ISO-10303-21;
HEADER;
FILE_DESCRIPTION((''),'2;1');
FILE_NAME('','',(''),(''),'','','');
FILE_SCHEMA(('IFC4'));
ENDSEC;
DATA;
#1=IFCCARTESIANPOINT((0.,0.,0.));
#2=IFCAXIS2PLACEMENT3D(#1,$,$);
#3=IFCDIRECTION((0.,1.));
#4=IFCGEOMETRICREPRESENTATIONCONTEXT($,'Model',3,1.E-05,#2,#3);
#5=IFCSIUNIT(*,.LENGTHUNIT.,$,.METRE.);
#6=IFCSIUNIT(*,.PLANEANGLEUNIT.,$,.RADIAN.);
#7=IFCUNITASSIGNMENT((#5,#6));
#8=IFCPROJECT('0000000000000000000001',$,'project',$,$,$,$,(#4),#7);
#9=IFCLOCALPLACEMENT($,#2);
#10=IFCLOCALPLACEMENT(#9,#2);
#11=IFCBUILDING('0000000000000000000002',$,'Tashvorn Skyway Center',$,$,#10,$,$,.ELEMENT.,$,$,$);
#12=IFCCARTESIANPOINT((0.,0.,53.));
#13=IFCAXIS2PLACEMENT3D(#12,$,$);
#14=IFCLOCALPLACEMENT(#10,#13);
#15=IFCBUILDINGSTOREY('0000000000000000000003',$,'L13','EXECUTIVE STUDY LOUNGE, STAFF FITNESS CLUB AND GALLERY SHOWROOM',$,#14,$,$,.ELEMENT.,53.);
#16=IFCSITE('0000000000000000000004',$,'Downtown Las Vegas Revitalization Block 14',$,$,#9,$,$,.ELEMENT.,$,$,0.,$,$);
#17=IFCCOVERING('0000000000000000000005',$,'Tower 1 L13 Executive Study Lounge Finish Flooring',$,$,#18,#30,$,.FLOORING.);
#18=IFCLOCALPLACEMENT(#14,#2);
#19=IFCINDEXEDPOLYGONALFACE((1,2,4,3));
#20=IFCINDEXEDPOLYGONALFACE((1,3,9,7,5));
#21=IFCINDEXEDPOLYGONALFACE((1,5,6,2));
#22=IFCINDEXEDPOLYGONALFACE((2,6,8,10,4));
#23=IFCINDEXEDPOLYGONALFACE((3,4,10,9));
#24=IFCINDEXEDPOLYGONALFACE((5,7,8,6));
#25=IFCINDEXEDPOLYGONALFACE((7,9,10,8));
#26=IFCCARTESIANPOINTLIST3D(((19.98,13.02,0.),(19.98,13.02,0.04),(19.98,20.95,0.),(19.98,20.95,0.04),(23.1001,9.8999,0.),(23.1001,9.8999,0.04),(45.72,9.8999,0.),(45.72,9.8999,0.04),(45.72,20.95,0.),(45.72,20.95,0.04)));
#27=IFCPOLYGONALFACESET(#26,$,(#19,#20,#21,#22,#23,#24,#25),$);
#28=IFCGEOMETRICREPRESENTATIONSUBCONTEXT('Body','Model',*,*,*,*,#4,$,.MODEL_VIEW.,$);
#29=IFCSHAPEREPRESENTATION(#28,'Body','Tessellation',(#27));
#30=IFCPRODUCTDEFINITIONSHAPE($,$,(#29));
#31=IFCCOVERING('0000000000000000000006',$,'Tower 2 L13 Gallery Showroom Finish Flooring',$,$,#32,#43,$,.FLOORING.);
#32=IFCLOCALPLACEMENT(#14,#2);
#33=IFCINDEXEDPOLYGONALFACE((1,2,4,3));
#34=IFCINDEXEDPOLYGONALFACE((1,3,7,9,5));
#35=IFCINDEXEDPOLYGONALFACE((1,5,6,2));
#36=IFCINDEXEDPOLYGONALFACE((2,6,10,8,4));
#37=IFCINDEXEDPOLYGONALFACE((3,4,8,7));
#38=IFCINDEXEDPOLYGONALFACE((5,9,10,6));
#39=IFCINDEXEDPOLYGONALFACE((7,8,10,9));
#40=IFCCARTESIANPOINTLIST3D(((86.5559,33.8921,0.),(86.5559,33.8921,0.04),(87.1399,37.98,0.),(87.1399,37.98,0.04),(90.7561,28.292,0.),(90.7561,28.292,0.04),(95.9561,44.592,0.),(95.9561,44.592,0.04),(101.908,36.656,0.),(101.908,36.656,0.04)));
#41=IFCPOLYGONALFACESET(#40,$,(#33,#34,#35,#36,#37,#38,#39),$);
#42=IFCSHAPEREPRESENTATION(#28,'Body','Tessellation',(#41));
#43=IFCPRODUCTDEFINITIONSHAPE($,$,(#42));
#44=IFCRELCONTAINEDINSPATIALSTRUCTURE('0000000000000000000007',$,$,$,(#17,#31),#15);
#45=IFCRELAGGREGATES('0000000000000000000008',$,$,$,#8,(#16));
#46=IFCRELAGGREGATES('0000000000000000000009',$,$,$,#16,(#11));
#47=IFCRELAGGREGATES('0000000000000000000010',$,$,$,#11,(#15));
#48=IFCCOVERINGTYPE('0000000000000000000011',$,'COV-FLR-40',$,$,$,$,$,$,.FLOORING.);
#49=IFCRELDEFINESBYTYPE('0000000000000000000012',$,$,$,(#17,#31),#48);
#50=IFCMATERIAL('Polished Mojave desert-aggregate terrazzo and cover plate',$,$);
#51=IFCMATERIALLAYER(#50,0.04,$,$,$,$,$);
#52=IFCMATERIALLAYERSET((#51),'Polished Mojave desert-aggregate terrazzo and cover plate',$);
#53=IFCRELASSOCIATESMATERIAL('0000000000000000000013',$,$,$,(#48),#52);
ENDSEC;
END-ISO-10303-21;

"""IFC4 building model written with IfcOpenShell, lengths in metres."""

from ifc_helpers import new_model, si_unit, direction, frame, origin, place, context, subcontext, project, spatial, polyline, outline, extrude, material, layer, layer_set, type_object, element, save


model = new_model("IFC4")

# Units and contexts
model_context = context("Model", 3, precision=1e-05, world=origin(), true_north=direction((0.0, 1.0)))
body_context = subcontext(model_context, "Body", "Model", "MODEL_VIEW")
ifc_project = project(units=[si_unit("LENGTHUNIT", "METRE"), si_unit("PLANEANGLEUNIT", "RADIAN")], contexts=[model_context])

# Site, building, storey
site_placement = place(None, origin())
site = spatial("IfcSite", under=ifc_project, at=site_placement, Name="Downtown Las Vegas Revitalization Block 14", CompositionType="ELEMENT", RefElevation=0.0)
building_placement = place(site_placement, origin())
building = spatial("IfcBuilding", under=site, at=building_placement, Name="Tashvorn Skyway Center", CompositionType="ELEMENT")
storey_placement = place(building_placement, frame((0.0, 0.0, 53.0)))
storey = spatial("IfcBuildingStorey", under=building, at=storey_placement, Name="L13", Description="EXECUTIVE STUDY LOUNGE, STAFF FITNESS CLUB AND GALLERY SHOWROOM", CompositionType="ELEMENT", Elevation=53.0)

# Coverings
ifc_material_1 = material(Name="Polished Mojave desert-aggregate terrazzo and cover plate")
ifc_layer_1 = layer(ifc_material_1, 0.04)
ifc_layer_set_1 = layer_set([ifc_layer_1], Name="Polished Mojave desert-aggregate terrazzo and cover plate")
covering_type_1 = type_object("IfcCoveringType", Name="COV-FLR-40", PredefinedType="FLOORING", material=ifc_layer_set_1)
covering_1_placement = place(storey_placement, origin())
element("IfcCovering", 1, at=covering_1_placement, inside=storey, type_object=covering_type_1, Name="Tower 1 L13 Executive Study Lounge Finish Flooring", PredefinedType="FLOORING", context=body_context, shape_type="SweptSolid", body=[
    extrude(outline(polyline([(23.1001, 9.8999), (19.98, 13.02), (19.98, 20.95), (45.72, 20.95), (45.72, 9.8999), (23.1001, 9.8999)])), origin(), (0.0, 0.0, 1.0), 0.04),
])
covering_2_placement = place(storey_placement, origin())
element("IfcCovering", 2, at=covering_2_placement, inside=storey, type_object=covering_type_1, Name="Tower 2 L13 Gallery Showroom Finish Flooring", PredefinedType="FLOORING", context=body_context, shape_type="SweptSolid", body=[
    extrude(outline(polyline([(101.908, 36.656), (90.7561, 28.292), (86.5559, 33.8921), (87.1399, 37.98), (95.9561, 44.592), (101.908, 36.656)])), origin(), (0.0, 0.0, 1.0), 0.04),
])

save(model, "model.ifc")
